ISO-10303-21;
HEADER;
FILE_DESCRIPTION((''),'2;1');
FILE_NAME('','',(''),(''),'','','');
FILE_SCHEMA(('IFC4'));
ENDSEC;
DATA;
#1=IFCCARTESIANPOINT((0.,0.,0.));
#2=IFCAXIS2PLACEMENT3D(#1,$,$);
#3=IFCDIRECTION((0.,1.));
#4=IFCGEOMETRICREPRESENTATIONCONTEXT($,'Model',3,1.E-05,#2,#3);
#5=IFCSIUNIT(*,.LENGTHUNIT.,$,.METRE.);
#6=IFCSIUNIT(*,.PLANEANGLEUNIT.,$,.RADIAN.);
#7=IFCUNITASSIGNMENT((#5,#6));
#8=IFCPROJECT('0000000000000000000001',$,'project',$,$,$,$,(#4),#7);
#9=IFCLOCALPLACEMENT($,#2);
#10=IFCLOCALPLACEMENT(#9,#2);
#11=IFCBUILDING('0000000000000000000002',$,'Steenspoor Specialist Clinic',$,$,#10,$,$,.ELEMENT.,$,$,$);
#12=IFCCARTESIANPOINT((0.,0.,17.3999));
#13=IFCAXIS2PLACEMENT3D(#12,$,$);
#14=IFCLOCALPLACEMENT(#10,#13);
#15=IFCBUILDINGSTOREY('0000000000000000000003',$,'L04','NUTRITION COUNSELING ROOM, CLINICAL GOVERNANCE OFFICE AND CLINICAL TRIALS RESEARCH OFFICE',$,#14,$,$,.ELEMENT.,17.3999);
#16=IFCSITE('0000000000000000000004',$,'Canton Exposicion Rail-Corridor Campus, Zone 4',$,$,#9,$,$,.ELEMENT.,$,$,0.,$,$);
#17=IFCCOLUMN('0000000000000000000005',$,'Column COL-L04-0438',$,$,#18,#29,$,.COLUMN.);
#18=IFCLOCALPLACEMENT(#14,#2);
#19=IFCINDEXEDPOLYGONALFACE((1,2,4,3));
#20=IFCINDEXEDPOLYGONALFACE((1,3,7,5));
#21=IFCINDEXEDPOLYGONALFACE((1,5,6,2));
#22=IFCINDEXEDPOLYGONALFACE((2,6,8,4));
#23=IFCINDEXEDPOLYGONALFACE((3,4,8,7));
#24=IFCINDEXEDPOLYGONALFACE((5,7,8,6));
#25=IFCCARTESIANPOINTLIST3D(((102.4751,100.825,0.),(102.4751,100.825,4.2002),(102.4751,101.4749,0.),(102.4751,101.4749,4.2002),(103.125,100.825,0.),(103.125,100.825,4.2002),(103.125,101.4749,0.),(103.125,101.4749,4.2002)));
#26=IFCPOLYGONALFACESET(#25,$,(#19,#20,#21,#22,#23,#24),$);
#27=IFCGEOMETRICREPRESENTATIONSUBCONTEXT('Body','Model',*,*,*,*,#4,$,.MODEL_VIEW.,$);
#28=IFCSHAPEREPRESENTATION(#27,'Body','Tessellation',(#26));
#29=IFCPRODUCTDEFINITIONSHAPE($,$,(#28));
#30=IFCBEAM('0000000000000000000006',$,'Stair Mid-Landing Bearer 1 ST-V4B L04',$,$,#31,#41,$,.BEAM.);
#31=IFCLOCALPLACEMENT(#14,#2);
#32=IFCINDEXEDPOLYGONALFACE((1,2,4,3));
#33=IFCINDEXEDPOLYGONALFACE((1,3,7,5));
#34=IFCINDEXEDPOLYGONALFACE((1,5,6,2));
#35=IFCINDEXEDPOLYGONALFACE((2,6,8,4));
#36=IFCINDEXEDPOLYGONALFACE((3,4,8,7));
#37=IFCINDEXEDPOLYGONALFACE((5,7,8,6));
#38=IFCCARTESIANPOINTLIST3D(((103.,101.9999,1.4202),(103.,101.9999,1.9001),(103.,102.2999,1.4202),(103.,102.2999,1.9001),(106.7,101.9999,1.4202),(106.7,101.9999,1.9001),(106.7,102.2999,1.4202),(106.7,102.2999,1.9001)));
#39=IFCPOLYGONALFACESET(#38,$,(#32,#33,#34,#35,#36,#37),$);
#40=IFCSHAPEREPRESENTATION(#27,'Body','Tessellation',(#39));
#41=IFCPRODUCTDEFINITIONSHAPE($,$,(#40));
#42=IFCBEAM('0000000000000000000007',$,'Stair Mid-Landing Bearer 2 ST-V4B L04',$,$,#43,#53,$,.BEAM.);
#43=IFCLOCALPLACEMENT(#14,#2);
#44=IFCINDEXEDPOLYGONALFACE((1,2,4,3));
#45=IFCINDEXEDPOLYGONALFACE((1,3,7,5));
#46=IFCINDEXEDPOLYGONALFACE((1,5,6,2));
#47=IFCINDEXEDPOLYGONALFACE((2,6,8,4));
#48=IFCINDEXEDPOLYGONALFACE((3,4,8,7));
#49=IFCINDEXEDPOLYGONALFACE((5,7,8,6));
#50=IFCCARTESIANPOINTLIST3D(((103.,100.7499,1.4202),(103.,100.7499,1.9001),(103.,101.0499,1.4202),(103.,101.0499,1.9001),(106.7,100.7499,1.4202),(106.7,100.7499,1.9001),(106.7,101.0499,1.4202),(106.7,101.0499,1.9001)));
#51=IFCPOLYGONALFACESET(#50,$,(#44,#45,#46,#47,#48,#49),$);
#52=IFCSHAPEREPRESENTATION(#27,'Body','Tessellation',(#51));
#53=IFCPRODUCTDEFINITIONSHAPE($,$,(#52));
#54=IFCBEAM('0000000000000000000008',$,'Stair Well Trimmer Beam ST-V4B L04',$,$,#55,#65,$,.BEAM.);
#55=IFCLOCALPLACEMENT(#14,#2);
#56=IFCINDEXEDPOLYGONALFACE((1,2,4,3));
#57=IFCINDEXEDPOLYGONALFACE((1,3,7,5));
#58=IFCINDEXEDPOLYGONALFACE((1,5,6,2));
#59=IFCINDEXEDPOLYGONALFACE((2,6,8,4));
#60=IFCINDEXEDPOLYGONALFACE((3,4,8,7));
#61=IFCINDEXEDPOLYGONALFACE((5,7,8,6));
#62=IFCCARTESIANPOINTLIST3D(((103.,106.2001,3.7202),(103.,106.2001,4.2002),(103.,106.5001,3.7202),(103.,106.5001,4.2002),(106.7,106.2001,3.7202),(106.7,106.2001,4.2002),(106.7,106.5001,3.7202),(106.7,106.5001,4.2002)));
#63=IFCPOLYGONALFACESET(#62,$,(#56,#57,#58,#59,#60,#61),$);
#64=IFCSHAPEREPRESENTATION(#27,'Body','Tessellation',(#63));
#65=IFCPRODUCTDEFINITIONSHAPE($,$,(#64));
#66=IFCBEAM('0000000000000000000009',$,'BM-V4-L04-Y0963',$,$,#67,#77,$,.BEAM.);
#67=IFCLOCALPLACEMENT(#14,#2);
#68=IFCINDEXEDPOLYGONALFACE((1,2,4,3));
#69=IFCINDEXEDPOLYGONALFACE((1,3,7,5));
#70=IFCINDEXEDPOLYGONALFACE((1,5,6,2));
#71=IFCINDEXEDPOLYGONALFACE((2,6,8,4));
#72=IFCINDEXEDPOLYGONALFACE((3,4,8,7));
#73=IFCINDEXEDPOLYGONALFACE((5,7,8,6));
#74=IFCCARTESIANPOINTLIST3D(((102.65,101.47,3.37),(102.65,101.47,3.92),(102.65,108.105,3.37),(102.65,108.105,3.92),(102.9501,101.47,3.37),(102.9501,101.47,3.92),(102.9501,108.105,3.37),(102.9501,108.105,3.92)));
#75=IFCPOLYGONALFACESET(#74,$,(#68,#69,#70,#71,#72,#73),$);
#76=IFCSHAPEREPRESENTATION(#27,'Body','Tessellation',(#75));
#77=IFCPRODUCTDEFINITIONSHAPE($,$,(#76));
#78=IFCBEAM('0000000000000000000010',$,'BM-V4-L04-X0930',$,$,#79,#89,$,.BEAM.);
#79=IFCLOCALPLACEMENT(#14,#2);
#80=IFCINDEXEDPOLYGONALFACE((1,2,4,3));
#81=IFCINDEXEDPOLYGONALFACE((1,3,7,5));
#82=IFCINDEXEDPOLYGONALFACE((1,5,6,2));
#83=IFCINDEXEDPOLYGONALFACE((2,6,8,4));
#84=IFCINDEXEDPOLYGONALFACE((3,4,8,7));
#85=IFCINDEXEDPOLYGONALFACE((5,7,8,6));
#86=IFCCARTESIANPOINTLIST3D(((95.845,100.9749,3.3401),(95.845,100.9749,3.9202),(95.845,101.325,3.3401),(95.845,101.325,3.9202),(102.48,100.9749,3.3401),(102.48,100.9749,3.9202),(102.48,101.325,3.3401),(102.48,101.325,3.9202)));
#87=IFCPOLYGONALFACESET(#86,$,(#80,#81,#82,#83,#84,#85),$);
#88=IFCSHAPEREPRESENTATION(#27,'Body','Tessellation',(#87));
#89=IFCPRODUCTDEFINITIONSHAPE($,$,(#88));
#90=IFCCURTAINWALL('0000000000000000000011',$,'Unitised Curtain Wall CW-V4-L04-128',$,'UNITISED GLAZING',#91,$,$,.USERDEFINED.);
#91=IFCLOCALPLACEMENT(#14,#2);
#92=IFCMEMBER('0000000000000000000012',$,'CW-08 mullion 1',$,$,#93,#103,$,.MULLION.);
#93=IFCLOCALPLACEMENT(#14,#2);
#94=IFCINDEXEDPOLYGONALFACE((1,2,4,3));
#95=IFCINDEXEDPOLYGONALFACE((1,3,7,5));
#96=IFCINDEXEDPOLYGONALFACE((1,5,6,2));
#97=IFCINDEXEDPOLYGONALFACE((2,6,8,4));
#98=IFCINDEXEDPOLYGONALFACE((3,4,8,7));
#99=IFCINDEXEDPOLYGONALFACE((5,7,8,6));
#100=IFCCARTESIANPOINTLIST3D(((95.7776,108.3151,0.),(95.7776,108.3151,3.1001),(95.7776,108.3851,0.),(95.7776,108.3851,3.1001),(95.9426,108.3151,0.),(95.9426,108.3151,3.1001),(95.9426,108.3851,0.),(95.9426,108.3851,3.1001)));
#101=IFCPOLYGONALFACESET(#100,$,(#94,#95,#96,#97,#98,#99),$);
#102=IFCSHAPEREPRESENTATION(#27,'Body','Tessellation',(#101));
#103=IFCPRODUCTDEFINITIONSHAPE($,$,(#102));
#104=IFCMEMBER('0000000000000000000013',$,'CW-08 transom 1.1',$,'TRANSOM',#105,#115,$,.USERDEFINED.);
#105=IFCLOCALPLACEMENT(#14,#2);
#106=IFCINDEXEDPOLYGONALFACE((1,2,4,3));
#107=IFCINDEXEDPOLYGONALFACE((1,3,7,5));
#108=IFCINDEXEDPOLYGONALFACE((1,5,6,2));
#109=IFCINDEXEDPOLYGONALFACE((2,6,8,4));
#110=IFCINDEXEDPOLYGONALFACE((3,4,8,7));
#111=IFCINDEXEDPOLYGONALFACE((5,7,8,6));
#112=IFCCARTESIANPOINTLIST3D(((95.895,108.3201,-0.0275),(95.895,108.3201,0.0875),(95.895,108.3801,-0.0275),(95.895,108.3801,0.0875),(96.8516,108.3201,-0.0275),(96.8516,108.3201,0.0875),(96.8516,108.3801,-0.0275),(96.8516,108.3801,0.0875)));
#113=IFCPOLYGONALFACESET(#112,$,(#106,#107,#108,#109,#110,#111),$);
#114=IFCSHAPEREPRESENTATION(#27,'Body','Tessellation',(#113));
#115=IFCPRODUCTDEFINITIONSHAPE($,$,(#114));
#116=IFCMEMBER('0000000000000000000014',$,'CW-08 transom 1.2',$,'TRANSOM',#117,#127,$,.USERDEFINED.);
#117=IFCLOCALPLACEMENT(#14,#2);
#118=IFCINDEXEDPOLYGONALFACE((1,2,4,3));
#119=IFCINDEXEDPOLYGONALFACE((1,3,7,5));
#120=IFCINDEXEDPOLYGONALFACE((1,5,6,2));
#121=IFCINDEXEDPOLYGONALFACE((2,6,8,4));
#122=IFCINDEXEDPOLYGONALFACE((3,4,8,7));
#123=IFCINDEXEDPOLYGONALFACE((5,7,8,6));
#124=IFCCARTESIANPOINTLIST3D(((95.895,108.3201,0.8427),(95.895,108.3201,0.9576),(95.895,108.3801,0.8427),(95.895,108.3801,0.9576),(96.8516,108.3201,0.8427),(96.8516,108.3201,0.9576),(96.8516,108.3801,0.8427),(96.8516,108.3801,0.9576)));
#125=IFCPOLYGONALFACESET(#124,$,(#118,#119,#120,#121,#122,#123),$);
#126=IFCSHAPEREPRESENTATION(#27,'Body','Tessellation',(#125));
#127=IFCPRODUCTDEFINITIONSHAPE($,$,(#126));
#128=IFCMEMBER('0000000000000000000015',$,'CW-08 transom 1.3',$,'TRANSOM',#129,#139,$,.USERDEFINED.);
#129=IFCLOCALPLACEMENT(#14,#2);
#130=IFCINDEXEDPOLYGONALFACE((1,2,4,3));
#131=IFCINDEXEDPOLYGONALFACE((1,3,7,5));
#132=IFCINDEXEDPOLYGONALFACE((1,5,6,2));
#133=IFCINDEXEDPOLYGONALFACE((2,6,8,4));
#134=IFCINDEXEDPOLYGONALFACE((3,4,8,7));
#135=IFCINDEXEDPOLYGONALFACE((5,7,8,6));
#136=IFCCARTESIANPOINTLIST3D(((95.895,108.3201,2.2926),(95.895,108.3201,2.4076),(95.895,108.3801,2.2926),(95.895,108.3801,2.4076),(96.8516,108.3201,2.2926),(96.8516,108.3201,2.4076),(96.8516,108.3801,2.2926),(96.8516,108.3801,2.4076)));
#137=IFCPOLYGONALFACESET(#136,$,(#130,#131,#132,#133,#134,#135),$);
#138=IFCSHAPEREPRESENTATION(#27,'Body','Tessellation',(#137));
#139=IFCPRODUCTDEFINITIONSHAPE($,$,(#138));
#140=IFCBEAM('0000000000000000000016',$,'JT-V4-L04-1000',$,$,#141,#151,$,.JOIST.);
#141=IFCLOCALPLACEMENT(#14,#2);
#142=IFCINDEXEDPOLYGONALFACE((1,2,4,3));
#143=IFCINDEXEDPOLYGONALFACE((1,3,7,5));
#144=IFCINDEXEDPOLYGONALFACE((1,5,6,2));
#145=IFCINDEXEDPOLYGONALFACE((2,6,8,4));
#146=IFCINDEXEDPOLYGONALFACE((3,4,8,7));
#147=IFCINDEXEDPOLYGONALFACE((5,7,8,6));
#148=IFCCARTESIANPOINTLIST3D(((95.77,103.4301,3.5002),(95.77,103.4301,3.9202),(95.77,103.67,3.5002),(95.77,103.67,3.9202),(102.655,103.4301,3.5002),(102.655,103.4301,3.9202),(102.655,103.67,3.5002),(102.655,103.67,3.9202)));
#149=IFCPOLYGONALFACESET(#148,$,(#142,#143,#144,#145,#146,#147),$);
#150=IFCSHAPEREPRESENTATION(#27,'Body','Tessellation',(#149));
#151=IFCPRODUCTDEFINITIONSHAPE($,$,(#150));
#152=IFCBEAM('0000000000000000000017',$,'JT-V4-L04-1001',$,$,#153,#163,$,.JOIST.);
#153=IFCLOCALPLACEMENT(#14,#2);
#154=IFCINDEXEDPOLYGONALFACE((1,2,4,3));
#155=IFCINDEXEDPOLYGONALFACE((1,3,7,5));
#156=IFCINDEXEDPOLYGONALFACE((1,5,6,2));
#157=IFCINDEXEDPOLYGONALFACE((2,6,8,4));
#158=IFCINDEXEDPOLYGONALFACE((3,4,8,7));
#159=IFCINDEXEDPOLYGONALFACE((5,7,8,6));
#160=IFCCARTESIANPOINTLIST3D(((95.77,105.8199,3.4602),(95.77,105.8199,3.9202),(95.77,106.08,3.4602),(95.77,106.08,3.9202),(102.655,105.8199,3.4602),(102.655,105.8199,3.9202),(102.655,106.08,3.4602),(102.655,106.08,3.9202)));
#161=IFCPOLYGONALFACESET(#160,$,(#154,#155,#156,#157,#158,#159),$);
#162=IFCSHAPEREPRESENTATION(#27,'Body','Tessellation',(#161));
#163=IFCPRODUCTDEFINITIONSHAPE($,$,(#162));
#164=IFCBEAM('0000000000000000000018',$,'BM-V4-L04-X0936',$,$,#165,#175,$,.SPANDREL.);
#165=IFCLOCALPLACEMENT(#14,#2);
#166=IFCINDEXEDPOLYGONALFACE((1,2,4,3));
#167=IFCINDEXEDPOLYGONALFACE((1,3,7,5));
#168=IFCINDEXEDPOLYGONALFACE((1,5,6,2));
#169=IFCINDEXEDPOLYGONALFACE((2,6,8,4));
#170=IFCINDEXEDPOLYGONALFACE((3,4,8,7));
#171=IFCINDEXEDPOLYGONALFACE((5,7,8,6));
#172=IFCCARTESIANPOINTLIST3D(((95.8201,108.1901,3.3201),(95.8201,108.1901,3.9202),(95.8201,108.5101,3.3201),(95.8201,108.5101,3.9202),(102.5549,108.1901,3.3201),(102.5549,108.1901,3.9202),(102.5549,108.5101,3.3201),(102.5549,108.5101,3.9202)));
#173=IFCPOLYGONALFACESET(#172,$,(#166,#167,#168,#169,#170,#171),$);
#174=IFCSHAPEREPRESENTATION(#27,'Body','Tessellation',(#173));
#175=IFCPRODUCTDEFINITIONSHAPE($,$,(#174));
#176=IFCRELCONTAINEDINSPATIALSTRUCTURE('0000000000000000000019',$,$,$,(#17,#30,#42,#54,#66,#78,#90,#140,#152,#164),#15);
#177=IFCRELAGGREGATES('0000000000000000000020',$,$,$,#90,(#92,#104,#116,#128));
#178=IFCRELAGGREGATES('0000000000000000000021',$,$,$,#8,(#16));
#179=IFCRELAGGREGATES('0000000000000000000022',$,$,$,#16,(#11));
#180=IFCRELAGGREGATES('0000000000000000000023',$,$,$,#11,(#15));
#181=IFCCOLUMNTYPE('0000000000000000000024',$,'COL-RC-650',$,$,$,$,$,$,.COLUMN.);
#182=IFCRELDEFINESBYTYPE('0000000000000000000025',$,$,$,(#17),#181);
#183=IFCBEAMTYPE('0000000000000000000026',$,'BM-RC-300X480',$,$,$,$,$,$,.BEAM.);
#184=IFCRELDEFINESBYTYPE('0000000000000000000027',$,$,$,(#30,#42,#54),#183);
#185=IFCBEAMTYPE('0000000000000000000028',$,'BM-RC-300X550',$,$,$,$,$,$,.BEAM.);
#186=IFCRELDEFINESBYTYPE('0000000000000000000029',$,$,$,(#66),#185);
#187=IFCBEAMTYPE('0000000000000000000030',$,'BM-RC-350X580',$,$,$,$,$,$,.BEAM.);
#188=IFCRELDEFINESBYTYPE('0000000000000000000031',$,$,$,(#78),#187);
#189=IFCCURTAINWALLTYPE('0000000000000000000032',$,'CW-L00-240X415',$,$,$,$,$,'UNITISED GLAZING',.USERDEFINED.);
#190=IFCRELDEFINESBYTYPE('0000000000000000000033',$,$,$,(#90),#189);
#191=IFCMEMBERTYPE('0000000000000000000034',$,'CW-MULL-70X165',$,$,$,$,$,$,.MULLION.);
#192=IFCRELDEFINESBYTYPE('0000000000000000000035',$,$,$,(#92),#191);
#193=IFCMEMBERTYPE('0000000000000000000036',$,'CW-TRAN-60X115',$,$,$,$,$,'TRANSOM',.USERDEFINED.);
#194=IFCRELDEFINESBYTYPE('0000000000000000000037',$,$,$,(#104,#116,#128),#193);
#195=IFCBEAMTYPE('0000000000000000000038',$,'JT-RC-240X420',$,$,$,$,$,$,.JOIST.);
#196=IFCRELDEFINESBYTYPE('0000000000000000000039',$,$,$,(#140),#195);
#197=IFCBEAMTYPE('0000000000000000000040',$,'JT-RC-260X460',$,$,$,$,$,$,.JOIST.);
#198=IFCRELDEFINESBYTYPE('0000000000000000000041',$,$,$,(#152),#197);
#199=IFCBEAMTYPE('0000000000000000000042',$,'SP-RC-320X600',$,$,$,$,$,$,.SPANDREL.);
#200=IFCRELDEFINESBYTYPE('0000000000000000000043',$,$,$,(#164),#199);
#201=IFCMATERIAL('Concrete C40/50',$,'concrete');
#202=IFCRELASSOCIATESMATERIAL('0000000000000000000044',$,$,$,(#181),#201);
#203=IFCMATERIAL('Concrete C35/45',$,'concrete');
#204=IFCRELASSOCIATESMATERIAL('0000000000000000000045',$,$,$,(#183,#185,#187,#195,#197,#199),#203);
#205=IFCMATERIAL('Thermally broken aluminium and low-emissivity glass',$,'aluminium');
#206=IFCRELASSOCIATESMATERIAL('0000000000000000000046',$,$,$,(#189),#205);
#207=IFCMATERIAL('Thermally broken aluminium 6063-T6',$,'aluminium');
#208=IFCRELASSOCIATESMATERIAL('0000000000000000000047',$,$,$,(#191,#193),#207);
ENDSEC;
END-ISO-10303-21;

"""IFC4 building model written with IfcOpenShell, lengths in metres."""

from ifc_helpers import new_model, si_unit, direction, frame, origin, origin_2d, place, context, subcontext, project, spatial, rectangle, extrude, material, material_profile, profile_set, type_object, element, aggregate, save


model = new_model("IFC4")

# Units and contexts
model_context = context("Model", 3, precision=1e-05, world=origin(), true_north=direction((0.0, 1.0)))
body_context = subcontext(model_context, "Body", "Model", "MODEL_VIEW")
ifc_project = project(units=[si_unit("LENGTHUNIT", "METRE"), si_unit("PLANEANGLEUNIT", "RADIAN")], contexts=[model_context])

# Site, building, storey
site_placement = place(None, origin())
site = spatial("IfcSite", under=ifc_project, at=site_placement, Name="Canton Exposicion Rail-Corridor Campus, Zone 4", CompositionType="ELEMENT", RefElevation=0.0)
building_placement = place(site_placement, origin())
building = spatial("IfcBuilding", under=site, at=building_placement, Name="Steenspoor Specialist Clinic", CompositionType="ELEMENT")
storey_placement = place(building_placement, frame((0.0, 0.0, 17.3999)))
storey = spatial("IfcBuildingStorey", under=building, at=storey_placement, Name="L04", Description="NUTRITION COUNSELING ROOM, CLINICAL GOVERNANCE OFFICE AND CLINICAL TRIALS RESEARCH OFFICE", CompositionType="ELEMENT", Elevation=17.3999)

# Column
ifc_material_1 = material(Name="Concrete C40/50", Category="concrete")
ifc_material_profile_1 = material_profile(ifc_material_1, rectangle(XDim=0.6499, YDim=0.6499, at=origin_2d()), Name="RC-COL-650X650")
ifc_profile_set_1 = profile_set([ifc_material_profile_1], Name="Concrete C40/50")
column_type = type_object("IfcColumnType", Name="COL-RC-650", PredefinedType="COLUMN", material=ifc_profile_set_1)
column_placement = place(storey_placement, frame((102.8, 101.1499, 0.0), z_axis=(0.0, 0.0, 1.0), x_axis=(1.0, 0.0, 0.0)))
element("IfcColumn", 1, at=column_placement, inside=storey, type_object=column_type, Name="Column COL-L04-0438", PredefinedType="COLUMN", context=body_context, shape_type="SweptSolid", body=[
    extrude(rectangle(XDim=0.6499, YDim=0.6499, at=origin_2d()), origin(), (0.0, 0.0, 1.0), 4.2002),
])

# Beams
ifc_material_2 = material(Name="Concrete C35/45", Category="concrete")
ifc_material_profile_2 = material_profile(ifc_material_2, rectangle(XDim=0.3, YDim=0.48, at=origin_2d()), Name="RC-BM-300X480")
ifc_profile_set_2 = profile_set([ifc_material_profile_2], Name="Concrete C35/45")
beam_type_1 = type_object("IfcBeamType", Name="BM-RC-300X480", PredefinedType="BEAM", material=ifc_profile_set_2)
for number, where, z_axis, x_axis, name in (
    (2, (103.0, 102.1499, 1.6602), (1.0, 0.0, 0.0), (0.0, 1.0, 0.0), "Stair Mid-Landing Bearer 1 ST-V4B L04"),
    (3, (103.0, 100.8999, 1.6602), (1.0, 0.0, 0.0), (0.0, 1.0, 0.0), "Stair Mid-Landing Bearer 2 ST-V4B L04"),
    (4, (103.0, 106.3501, 3.9602), (1.0, 0.0, 0.0), (0.0, 1.0, 0.0), "Stair Well Trimmer Beam ST-V4B L04"),
):
    element("IfcBeam", number, at=place(storey_placement, frame(where, z_axis=z_axis, x_axis=x_axis)), inside=storey, type_object=beam_type_1, Name=name, PredefinedType="BEAM", context=body_context, shape_type="SweptSolid", body=[
        extrude(rectangle(XDim=0.3, YDim=0.48, at=origin_2d()), origin(), (0.0, 0.0, 1.0), 3.7),
    ])
ifc_material_profile_3 = material_profile(ifc_material_2, rectangle(XDim=0.3, YDim=0.55, at=origin_2d()), Name="RC-BM-300X550")
ifc_profile_set_3 = profile_set([ifc_material_profile_3], Name="Concrete C35/45")
beam_type_2 = type_object("IfcBeamType", Name="BM-RC-300X550", PredefinedType="BEAM", material=ifc_profile_set_3)
beam_1_placement = place(storey_placement, frame((102.8, 101.47, 3.645), z_axis=(0.0, 1.0, 0.0), x_axis=(-1.0, 0.0, 0.0)))
element("IfcBeam", 5, at=beam_1_placement, inside=storey, type_object=beam_type_2, Name="BM-V4-L04-Y0963", PredefinedType="BEAM", context=body_context, shape_type="SweptSolid", body=[
    extrude(rectangle(XDim=0.3, YDim=0.55, at=origin_2d()), origin(), (0.0, 0.0, 1.0), 6.635),
])
ifc_material_profile_4 = material_profile(ifc_material_2, rectangle(XDim=0.3501, YDim=0.5801, at=origin_2d()), Name="RC-BM-350X580")
ifc_profile_set_4 = profile_set([ifc_material_profile_4], Name="Concrete C35/45")
beam_type_3 = type_object("IfcBeamType", Name="BM-RC-350X580", PredefinedType="BEAM", material=ifc_profile_set_4)
beam_2_placement = place(storey_placement, frame((95.845, 101.1499, 3.6301), z_axis=(1.0, 0.0, 0.0), x_axis=(0.0, 1.0, 0.0)))
element("IfcBeam", 6, at=beam_2_placement, inside=storey, type_object=beam_type_3, Name="BM-V4-L04-X0930", PredefinedType="BEAM", context=body_context, shape_type="SweptSolid", body=[
    extrude(rectangle(XDim=0.3501, YDim=0.5801, at=origin_2d()), origin(), (0.0, 0.0, 1.0), 6.635),
])

# Curtain wall, members
ifc_material_3 = material(Name="Thermally broken aluminium and low-emissivity glass", Category="aluminium")
curtain_wall_type = type_object("IfcCurtainWallType", Name="CW-L00-240X415", ElementType="UNITISED GLAZING", PredefinedType="USERDEFINED", material=ifc_material_3)
curtain_wall_placement = place(storey_placement, origin())
curtain_wall = element("IfcCurtainWall", 7, at=curtain_wall_placement, inside=storey, type_object=curtain_wall_type, Name="Unitised Curtain Wall CW-V4-L04-128", ObjectType="UNITISED GLAZING", PredefinedType="USERDEFINED")
ifc_material_4 = material(Name="Thermally broken aluminium 6063-T6", Category="aluminium")
ifc_material_profile_5 = material_profile(ifc_material_4, rectangle(XDim=0.0701, YDim=0.165, at=origin_2d()), Name="CWM-70X165")
ifc_profile_set_5 = profile_set([ifc_material_profile_5], Name="Thermally broken aluminium 6063-T6")
member_type_1 = type_object("IfcMemberType", Name="CW-MULL-70X165", PredefinedType="MULLION", material=ifc_profile_set_5)
member_1_placement = place(storey_placement, frame((95.8601, 108.3501, 0.0), z_axis=(0.0, 0.0, 1.0), x_axis=(0.0, 1.0, 0.0)))
member_1 = element("IfcMember", 8, at=member_1_placement, type_object=member_type_1, Name="CW-08 mullion 1", PredefinedType="MULLION", context=body_context, shape_type="SweptSolid", body=[
    extrude(rectangle(XDim=0.0701, YDim=0.165, at=origin_2d()), origin(), (0.0, 0.0, 1.0), 3.1001),
])
ifc_material_profile_6 = material_profile(ifc_material_4, rectangle(XDim=0.0601, YDim=0.115, at=origin_2d()), Name="CWT-60X115")
ifc_profile_set_6 = profile_set([ifc_material_profile_6], Name="Thermally broken aluminium 6063-T6")
member_type_2 = type_object("IfcMemberType", Name="CW-TRAN-60X115", ElementType="TRANSOM", PredefinedType="USERDEFINED", material=ifc_profile_set_6)
member_2_placement = place(storey_placement, frame((95.895, 108.3501, 0.03), z_axis=(1.0, 0.0, 0.0), x_axis=(0.0, 1.0, 0.0)))
member_2 = element("IfcMember", 9, at=member_2_placement, type_object=member_type_2, Name="CW-08 transom 1.1", ObjectType="TRANSOM", PredefinedType="USERDEFINED", context=body_context, shape_type="SweptSolid", body=[
    extrude(rectangle(XDim=0.0601, YDim=0.115, at=origin_2d()), origin(), (0.0, 0.0, 1.0), 0.9565),
])
member_3_placement = place(storey_placement, frame((95.895, 108.3501, 0.9001), z_axis=(1.0, 0.0, 0.0), x_axis=(0.0, 1.0, 0.0)))
member_3 = element("IfcMember", 10, at=member_3_placement, type_object=member_type_2, Name="CW-08 transom 1.2", ObjectType="TRANSOM", PredefinedType="USERDEFINED", context=body_context, shape_type="SweptSolid", body=[
    extrude(rectangle(XDim=0.0601, YDim=0.115, at=origin_2d()), origin(), (0.0, 0.0, 1.0), 0.9565),
])
member_4_placement = place(storey_placement, frame((95.895, 108.3501, 2.3501), z_axis=(1.0, 0.0, 0.0), x_axis=(0.0, 1.0, 0.0)))
member_4 = element("IfcMember", 11, at=member_4_placement, type_object=member_type_2, Name="CW-08 transom 1.3", ObjectType="TRANSOM", PredefinedType="USERDEFINED", context=body_context, shape_type="SweptSolid", body=[
    extrude(rectangle(XDim=0.0601, YDim=0.115, at=origin_2d()), origin(), (0.0, 0.0, 1.0), 0.9565),
])
aggregate(curtain_wall, [member_1, member_2, member_3, member_4])

# Beams
ifc_material_profile_7 = material_profile(ifc_material_2, rectangle(XDim=0.24, YDim=0.4199, at=origin_2d()), Name="RC-JT-240X420")
ifc_profile_set_7 = profile_set([ifc_material_profile_7], Name="Concrete C35/45")
beam_type_4 = type_object("IfcBeamType", Name="JT-RC-240X420", PredefinedType="JOIST", material=ifc_profile_set_7)
beam_3_placement = place(storey_placement, frame((95.77, 103.55, 3.7102), z_axis=(1.0, 0.0, 0.0), x_axis=(0.0, 1.0, 0.0)))
element("IfcBeam", 12, at=beam_3_placement, inside=storey, type_object=beam_type_4, Name="JT-V4-L04-1000", PredefinedType="JOIST", context=body_context, shape_type="SweptSolid", body=[
    extrude(rectangle(XDim=0.24, YDim=0.4199, at=origin_2d()), origin(), (0.0, 0.0, 1.0), 6.885),
])
ifc_material_profile_8 = material_profile(ifc_material_2, rectangle(XDim=0.26, YDim=0.46, at=origin_2d()), Name="RC-JT-260X460")
ifc_profile_set_8 = profile_set([ifc_material_profile_8], Name="Concrete C35/45")
beam_type_5 = type_object("IfcBeamType", Name="JT-RC-260X460", PredefinedType="JOIST", material=ifc_profile_set_8)
beam_4_placement = place(storey_placement, frame((95.77, 105.95, 3.6902), z_axis=(1.0, 0.0, 0.0), x_axis=(0.0, 1.0, 0.0)))
element("IfcBeam", 13, at=beam_4_placement, inside=storey, type_object=beam_type_5, Name="JT-V4-L04-1001", PredefinedType="JOIST", context=body_context, shape_type="SweptSolid", body=[
    extrude(rectangle(XDim=0.26, YDim=0.46, at=origin_2d()), origin(), (0.0, 0.0, 1.0), 6.885),
])
ifc_material_profile_9 = material_profile(ifc_material_2, rectangle(XDim=0.3201, YDim=0.6001, at=origin_2d()), Name="RC-SP-320X600")
ifc_profile_set_9 = profile_set([ifc_material_profile_9], Name="Concrete C35/45")
beam_type_6 = type_object("IfcBeamType", Name="SP-RC-320X600", PredefinedType="SPANDREL", material=ifc_profile_set_9)
beam_5_placement = place(storey_placement, frame((95.8201, 108.3501, 3.6201), z_axis=(1.0, 0.0, 0.0), x_axis=(0.0, 1.0, 0.0)))
element("IfcBeam", 14, at=beam_5_placement, inside=storey, type_object=beam_type_6, Name="BM-V4-L04-X0936", PredefinedType="SPANDREL", context=body_context, shape_type="SweptSolid", body=[
    extrude(rectangle(XDim=0.3201, YDim=0.6001, at=origin_2d()), origin(), (0.0, 0.0, 1.0), 6.7349),
])

save(model, "model.ifc")
